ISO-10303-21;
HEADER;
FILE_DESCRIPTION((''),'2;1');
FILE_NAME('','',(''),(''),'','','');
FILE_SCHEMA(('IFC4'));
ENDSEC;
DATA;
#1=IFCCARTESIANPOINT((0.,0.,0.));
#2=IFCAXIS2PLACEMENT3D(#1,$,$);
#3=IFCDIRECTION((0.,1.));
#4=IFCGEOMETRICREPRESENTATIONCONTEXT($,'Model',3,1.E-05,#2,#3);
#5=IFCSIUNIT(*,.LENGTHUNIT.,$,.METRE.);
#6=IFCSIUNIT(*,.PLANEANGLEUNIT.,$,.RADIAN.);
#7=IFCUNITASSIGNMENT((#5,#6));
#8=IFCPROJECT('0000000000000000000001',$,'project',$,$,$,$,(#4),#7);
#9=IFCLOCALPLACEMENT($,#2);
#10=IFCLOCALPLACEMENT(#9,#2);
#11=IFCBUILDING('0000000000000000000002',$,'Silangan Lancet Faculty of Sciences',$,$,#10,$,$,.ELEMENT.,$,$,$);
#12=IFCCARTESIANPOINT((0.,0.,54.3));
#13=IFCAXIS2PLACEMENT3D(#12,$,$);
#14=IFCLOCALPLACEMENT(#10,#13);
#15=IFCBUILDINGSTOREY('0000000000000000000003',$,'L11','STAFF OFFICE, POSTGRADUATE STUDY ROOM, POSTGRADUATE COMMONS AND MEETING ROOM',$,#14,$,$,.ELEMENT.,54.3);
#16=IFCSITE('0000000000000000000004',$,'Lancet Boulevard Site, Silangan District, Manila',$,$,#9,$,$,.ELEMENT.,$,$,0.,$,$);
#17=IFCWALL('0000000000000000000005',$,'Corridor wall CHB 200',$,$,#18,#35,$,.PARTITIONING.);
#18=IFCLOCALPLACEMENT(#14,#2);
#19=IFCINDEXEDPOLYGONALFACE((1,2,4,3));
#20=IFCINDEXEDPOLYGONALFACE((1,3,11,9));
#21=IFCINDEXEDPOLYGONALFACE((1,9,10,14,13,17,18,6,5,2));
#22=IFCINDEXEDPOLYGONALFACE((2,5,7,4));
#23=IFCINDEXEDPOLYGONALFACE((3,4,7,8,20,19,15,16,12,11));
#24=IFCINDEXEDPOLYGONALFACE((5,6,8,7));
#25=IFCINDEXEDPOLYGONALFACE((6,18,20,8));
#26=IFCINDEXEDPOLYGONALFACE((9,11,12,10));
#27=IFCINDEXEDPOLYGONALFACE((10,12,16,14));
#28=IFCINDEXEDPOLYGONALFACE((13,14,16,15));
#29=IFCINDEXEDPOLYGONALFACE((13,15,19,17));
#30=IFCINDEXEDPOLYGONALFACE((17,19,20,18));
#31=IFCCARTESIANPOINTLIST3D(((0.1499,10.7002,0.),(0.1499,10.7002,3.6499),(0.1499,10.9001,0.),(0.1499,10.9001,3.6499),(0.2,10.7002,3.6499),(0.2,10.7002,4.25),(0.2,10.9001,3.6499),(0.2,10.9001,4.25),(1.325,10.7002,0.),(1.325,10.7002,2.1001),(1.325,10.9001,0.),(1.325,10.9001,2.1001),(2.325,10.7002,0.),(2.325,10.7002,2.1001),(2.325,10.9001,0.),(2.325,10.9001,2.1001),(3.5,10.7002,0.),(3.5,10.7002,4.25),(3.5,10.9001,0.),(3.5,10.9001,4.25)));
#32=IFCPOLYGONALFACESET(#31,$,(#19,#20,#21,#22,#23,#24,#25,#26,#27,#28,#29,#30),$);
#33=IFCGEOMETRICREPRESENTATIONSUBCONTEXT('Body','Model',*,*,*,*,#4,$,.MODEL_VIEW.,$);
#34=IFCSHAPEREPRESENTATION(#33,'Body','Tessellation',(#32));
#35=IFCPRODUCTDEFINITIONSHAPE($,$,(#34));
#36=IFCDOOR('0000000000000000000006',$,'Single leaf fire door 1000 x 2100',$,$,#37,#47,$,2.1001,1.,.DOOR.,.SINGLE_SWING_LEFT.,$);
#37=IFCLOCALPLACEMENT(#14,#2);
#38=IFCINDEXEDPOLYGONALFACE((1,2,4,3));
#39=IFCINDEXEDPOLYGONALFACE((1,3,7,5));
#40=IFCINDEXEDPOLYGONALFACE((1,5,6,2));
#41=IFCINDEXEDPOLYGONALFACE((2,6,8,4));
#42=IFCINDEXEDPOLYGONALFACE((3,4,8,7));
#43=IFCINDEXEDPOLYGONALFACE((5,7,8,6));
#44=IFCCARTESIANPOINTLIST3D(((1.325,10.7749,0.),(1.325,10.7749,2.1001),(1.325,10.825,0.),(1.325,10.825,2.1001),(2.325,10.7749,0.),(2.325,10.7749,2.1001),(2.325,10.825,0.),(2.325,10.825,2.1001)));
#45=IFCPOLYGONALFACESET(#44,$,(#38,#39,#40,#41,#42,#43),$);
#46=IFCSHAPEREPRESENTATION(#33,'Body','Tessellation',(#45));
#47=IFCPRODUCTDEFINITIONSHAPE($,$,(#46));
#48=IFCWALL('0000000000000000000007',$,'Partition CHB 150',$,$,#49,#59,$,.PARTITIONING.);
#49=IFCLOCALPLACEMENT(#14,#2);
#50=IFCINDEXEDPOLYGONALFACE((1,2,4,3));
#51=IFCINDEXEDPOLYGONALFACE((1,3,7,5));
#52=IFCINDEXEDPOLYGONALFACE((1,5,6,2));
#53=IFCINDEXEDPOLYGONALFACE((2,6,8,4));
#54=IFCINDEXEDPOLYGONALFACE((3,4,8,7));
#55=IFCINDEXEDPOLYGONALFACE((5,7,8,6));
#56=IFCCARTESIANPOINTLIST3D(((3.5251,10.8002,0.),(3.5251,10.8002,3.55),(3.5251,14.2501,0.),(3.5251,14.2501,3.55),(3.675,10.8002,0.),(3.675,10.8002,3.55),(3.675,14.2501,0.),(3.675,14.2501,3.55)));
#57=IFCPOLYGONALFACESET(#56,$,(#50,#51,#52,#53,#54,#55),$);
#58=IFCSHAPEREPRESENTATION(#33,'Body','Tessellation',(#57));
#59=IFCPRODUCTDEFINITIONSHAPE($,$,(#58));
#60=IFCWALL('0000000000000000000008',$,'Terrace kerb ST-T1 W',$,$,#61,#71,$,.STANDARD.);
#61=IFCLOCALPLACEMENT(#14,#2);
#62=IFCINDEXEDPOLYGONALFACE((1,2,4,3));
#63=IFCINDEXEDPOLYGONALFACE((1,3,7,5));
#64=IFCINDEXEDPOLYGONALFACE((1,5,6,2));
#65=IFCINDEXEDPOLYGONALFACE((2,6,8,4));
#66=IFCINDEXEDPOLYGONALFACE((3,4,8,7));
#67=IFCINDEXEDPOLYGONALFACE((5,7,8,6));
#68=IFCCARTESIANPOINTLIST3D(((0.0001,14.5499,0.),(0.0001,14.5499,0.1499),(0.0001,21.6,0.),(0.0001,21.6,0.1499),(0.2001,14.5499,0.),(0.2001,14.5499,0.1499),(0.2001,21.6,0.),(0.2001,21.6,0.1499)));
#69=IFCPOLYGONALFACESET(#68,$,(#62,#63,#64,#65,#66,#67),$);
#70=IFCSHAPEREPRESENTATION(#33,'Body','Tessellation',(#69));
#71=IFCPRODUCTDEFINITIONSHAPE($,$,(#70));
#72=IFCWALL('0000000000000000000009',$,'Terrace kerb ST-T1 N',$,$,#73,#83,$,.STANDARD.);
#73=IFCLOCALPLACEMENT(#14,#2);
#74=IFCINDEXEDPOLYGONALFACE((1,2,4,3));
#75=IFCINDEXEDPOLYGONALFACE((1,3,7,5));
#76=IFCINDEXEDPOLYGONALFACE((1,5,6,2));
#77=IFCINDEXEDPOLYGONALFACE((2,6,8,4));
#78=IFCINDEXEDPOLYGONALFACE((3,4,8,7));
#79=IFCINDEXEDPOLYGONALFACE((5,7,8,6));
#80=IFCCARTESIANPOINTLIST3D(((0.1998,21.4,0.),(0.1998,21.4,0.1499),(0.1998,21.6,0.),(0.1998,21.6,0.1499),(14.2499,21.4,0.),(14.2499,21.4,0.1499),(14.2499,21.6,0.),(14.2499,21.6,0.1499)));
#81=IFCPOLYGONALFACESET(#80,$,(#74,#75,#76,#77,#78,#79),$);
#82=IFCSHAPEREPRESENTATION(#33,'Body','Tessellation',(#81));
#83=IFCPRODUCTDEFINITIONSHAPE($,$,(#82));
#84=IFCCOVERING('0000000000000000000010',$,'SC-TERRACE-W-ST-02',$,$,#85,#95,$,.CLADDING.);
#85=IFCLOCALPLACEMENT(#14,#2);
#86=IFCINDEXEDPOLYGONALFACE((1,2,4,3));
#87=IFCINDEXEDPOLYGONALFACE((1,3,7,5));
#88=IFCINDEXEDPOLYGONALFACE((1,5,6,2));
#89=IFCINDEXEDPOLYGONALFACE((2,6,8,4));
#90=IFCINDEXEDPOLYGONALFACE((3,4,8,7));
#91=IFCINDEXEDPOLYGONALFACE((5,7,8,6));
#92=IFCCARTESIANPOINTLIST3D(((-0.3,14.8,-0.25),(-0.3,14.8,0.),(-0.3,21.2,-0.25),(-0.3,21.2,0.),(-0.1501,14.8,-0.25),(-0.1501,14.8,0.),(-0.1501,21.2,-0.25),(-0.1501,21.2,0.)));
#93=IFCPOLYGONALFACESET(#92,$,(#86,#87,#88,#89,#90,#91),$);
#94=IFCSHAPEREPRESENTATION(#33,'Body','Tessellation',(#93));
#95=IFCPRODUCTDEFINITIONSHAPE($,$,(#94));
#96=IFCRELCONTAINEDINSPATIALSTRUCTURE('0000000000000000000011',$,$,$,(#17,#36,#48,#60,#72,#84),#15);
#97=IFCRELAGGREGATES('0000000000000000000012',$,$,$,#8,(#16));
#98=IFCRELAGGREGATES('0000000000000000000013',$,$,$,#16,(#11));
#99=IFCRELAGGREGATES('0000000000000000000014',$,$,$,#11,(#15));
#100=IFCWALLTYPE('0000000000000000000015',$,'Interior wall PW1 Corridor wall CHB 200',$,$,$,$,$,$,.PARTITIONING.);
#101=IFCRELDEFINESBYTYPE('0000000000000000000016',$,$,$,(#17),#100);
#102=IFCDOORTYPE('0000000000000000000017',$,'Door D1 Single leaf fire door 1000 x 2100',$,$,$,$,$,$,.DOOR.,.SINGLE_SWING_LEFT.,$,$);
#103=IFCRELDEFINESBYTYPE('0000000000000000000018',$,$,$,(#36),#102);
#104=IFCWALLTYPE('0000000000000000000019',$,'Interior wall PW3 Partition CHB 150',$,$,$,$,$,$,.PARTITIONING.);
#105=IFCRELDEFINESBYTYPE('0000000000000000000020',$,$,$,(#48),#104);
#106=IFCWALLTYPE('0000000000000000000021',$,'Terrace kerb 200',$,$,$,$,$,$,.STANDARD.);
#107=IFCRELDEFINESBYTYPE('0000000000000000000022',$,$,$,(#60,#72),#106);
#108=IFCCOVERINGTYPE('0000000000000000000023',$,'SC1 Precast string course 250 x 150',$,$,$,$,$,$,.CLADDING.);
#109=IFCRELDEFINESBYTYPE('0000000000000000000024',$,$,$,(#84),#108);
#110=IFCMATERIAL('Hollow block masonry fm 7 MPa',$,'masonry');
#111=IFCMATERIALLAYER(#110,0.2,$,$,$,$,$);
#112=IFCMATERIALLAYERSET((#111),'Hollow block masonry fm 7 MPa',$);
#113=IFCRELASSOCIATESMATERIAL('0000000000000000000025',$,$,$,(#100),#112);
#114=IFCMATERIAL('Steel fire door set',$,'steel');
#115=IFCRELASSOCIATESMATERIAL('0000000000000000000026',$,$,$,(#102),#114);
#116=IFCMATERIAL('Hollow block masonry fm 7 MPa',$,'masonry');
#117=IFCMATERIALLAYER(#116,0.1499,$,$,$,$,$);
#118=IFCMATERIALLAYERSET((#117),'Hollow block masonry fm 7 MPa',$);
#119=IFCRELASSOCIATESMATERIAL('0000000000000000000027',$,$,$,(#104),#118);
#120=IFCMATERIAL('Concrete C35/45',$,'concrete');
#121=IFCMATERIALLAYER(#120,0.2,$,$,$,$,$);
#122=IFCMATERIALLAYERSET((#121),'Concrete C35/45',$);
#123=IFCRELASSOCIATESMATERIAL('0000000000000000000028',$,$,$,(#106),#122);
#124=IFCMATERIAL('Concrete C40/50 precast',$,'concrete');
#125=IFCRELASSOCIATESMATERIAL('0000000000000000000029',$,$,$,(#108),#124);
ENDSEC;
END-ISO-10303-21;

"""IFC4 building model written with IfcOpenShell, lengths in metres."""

from ifc_helpers import new_model, si_unit, direction, frame, frame_2d, origin, origin_2d, place, context, subcontext, project, spatial, polyline, rectangle, outline, extrude, material, layer, layer_set, type_object, element, fill, save


model = new_model("IFC4")

# Units and contexts
model_context = context("Model", 3, precision=1e-05, world=origin(), true_north=direction((0.0, 1.0)))
body_context = subcontext(model_context, "Body", "Model", "MODEL_VIEW")
ifc_project = project(units=[si_unit("LENGTHUNIT", "METRE"), si_unit("PLANEANGLEUNIT", "RADIAN")], contexts=[model_context])

# Site, building, storey
site_placement = place(None, origin())
site = spatial("IfcSite", under=ifc_project, at=site_placement, Name="Lancet Boulevard Site, Silangan District, Manila", CompositionType="ELEMENT", RefElevation=0.0)
building_placement = place(site_placement, origin())
building = spatial("IfcBuilding", under=site, at=building_placement, Name="Silangan Lancet Faculty of Sciences", CompositionType="ELEMENT")
storey_placement = place(building_placement, frame((0.0, 0.0, 54.3)))
storey = spatial("IfcBuildingStorey", under=building, at=storey_placement, Name="L11", Description="STAFF OFFICE, POSTGRADUATE STUDY ROOM, POSTGRADUATE COMMONS AND MEETING ROOM", CompositionType="ELEMENT", Elevation=54.3)

# Wall, opening, door
ifc_material_1 = material(Name="Hollow block masonry fm 7 MPa", Category="masonry")
ifc_layer_1 = layer(ifc_material_1, 0.2)
ifc_layer_set_1 = layer_set([ifc_layer_1], Name="Hollow block masonry fm 7 MPa")
wall_type_1 = type_object("IfcWallType", Name="Interior wall PW1 Corridor wall CHB 200", PredefinedType="PARTITIONING", material=ifc_layer_set_1)
wall_1_placement = place(storey_placement, frame((0.1499, 10.8, 0.0), z_axis=(0.0, 0.0, 1.0), x_axis=(1.0, 0.0, 0.0)))
wall_1 = element("IfcWall", 1, at=wall_1_placement, inside=storey, type_object=wall_type_1, Name="Corridor wall CHB 200", PredefinedType="PARTITIONING", context=body_context, shape_type="SweptSolid", body=[
    extrude(outline(polyline([(0.0, 0.0), (3.3501, 0.0), (3.3501, 4.25), (0.05, 4.25), (0.05, 3.6499), (0.0, 3.6499), (0.0, 0.0)])), frame((0.0, 0.1001, 0.0), z_axis=(0.0, -1.0, 0.0), x_axis=(1.0, 0.0, 0.0)), (0.0, 0.0, 1.0), 0.2),
])
opening_1_placement = place(wall_1_placement, frame((1.175, 0.0, 0.0)))
opening_1 = element("IfcOpeningElement", 2, at=opening_1_placement, cuts=wall_1, PredefinedType="OPENING", context=body_context, shape_type="SweptSolid", body=[
    extrude(rectangle(XDim=1.0, YDim=2.1001, at=frame_2d((0.5, 1.05))), frame((0.0, 0.1099, 0.0), z_axis=(0.0, -1.0, 0.0), x_axis=(1.0, 0.0, 0.0)), (0.0, 0.0, 1.0), 0.22),
])
ifc_material_2 = material(Name="Steel fire door set", Category="steel")
door_type_1 = type_object("IfcDoorType", Name="Door D1 Single leaf fire door 1000 x 2100", OperationType="SINGLE_SWING_LEFT", PredefinedType="DOOR", material=ifc_material_2)
door_1_placement = place(opening_1_placement, origin())
door_1 = element("IfcDoor", 3, at=door_1_placement, inside=storey, type_object=door_type_1, Name="Single leaf fire door 1000 x 2100", OperationType="SINGLE_SWING_LEFT", OverallHeight=2.1001, OverallWidth=1.0, PredefinedType="DOOR", context=body_context, shape_type="SweptSolid", body=[
    extrude(rectangle(XDim=1.0, YDim=2.1001, at=frame_2d((0.5, 1.05))), frame((0.0, 0.0249, 0.0), z_axis=(0.0, -1.0, 0.0), x_axis=(1.0, 0.0, 0.0)), (0.0, 0.0, 1.0), 0.05),
])
fill(opening_1, door_1)

# Walls
ifc_material_3 = material(Name="Hollow block masonry fm 7 MPa", Category="masonry")
ifc_layer_2 = layer(ifc_material_3, 0.1499)
ifc_layer_set_2 = layer_set([ifc_layer_2], Name="Hollow block masonry fm 7 MPa")
wall_type_2 = type_object("IfcWallType", Name="Interior wall PW3 Partition CHB 150", PredefinedType="PARTITIONING", material=ifc_layer_set_2)
wall_2_placement = place(storey_placement, frame((3.6001, 10.8, 0.0), z_axis=(0.0, 0.0, 1.0), x_axis=(0.0, 1.0, 0.0)))
element("IfcWall", 4, at=wall_2_placement, inside=storey, type_object=wall_type_2, Name="Partition CHB 150", PredefinedType="PARTITIONING", context=body_context, shape_type="SweptSolid", body=[
    extrude(rectangle(XDim=3.45, YDim=0.1499, at=frame_2d((1.7251, 0.0))), origin(), (0.0, 0.0, 1.0), 3.55),
])
ifc_material_4 = material(Name="Concrete C35/45", Category="concrete")
ifc_layer_3 = layer(ifc_material_4, 0.2)
ifc_layer_set_3 = layer_set([ifc_layer_3], Name="Concrete C35/45")
wall_type_3 = type_object("IfcWallType", Name="Terrace kerb 200", PredefinedType="STANDARD", material=ifc_layer_set_3)
wall_3_placement = place(storey_placement, frame((0.1001, 14.55, 0.0), z_axis=(0.0, 0.0, 1.0), x_axis=(0.0, 1.0, 0.0)))
element("IfcWall", 5, at=wall_3_placement, inside=storey, type_object=wall_type_3, Name="Terrace kerb ST-T1 W", PredefinedType="STANDARD", context=body_context, shape_type="SweptSolid", body=[
    extrude(rectangle(XDim=7.05, YDim=0.2, at=frame_2d((3.5249, 0.0))), origin(), (0.0, 0.0, 1.0), 0.1499),
])
wall_4_placement = place(storey_placement, frame((0.2, 21.5, 0.0), z_axis=(0.0, 0.0, 1.0), x_axis=(1.0, 0.0, 0.0)))
element("IfcWall", 6, at=wall_4_placement, inside=storey, type_object=wall_type_3, Name="Terrace kerb ST-T1 N", PredefinedType="STANDARD", context=body_context, shape_type="SweptSolid", body=[
    extrude(rectangle(XDim=14.05, YDim=0.2, at=frame_2d((7.0249, 0.0))), origin(), (0.0, 0.0, 1.0), 0.1499),
])

# Covering
ifc_material_5 = material(Name="Concrete C40/50 precast", Category="concrete")
covering_type = type_object("IfcCoveringType", Name="SC1 Precast string course 250 x 150", PredefinedType="CLADDING", material=ifc_material_5)
covering_placement = place(storey_placement, frame((-0.2251, 18.0, -0.25), z_axis=(0.0, 0.0, 1.0), x_axis=(1.0, 0.0, 0.0)))
element("IfcCovering", 7, at=covering_placement, inside=storey, type_object=covering_type, Name="SC-TERRACE-W-ST-02", PredefinedType="CLADDING", context=body_context, shape_type="SweptSolid", body=[
    extrude(rectangle(XDim=0.1499, YDim=6.3999, at=origin_2d()), origin(), (0.0, 0.0, 1.0), 0.25),
])

save(model, "model.ifc")
